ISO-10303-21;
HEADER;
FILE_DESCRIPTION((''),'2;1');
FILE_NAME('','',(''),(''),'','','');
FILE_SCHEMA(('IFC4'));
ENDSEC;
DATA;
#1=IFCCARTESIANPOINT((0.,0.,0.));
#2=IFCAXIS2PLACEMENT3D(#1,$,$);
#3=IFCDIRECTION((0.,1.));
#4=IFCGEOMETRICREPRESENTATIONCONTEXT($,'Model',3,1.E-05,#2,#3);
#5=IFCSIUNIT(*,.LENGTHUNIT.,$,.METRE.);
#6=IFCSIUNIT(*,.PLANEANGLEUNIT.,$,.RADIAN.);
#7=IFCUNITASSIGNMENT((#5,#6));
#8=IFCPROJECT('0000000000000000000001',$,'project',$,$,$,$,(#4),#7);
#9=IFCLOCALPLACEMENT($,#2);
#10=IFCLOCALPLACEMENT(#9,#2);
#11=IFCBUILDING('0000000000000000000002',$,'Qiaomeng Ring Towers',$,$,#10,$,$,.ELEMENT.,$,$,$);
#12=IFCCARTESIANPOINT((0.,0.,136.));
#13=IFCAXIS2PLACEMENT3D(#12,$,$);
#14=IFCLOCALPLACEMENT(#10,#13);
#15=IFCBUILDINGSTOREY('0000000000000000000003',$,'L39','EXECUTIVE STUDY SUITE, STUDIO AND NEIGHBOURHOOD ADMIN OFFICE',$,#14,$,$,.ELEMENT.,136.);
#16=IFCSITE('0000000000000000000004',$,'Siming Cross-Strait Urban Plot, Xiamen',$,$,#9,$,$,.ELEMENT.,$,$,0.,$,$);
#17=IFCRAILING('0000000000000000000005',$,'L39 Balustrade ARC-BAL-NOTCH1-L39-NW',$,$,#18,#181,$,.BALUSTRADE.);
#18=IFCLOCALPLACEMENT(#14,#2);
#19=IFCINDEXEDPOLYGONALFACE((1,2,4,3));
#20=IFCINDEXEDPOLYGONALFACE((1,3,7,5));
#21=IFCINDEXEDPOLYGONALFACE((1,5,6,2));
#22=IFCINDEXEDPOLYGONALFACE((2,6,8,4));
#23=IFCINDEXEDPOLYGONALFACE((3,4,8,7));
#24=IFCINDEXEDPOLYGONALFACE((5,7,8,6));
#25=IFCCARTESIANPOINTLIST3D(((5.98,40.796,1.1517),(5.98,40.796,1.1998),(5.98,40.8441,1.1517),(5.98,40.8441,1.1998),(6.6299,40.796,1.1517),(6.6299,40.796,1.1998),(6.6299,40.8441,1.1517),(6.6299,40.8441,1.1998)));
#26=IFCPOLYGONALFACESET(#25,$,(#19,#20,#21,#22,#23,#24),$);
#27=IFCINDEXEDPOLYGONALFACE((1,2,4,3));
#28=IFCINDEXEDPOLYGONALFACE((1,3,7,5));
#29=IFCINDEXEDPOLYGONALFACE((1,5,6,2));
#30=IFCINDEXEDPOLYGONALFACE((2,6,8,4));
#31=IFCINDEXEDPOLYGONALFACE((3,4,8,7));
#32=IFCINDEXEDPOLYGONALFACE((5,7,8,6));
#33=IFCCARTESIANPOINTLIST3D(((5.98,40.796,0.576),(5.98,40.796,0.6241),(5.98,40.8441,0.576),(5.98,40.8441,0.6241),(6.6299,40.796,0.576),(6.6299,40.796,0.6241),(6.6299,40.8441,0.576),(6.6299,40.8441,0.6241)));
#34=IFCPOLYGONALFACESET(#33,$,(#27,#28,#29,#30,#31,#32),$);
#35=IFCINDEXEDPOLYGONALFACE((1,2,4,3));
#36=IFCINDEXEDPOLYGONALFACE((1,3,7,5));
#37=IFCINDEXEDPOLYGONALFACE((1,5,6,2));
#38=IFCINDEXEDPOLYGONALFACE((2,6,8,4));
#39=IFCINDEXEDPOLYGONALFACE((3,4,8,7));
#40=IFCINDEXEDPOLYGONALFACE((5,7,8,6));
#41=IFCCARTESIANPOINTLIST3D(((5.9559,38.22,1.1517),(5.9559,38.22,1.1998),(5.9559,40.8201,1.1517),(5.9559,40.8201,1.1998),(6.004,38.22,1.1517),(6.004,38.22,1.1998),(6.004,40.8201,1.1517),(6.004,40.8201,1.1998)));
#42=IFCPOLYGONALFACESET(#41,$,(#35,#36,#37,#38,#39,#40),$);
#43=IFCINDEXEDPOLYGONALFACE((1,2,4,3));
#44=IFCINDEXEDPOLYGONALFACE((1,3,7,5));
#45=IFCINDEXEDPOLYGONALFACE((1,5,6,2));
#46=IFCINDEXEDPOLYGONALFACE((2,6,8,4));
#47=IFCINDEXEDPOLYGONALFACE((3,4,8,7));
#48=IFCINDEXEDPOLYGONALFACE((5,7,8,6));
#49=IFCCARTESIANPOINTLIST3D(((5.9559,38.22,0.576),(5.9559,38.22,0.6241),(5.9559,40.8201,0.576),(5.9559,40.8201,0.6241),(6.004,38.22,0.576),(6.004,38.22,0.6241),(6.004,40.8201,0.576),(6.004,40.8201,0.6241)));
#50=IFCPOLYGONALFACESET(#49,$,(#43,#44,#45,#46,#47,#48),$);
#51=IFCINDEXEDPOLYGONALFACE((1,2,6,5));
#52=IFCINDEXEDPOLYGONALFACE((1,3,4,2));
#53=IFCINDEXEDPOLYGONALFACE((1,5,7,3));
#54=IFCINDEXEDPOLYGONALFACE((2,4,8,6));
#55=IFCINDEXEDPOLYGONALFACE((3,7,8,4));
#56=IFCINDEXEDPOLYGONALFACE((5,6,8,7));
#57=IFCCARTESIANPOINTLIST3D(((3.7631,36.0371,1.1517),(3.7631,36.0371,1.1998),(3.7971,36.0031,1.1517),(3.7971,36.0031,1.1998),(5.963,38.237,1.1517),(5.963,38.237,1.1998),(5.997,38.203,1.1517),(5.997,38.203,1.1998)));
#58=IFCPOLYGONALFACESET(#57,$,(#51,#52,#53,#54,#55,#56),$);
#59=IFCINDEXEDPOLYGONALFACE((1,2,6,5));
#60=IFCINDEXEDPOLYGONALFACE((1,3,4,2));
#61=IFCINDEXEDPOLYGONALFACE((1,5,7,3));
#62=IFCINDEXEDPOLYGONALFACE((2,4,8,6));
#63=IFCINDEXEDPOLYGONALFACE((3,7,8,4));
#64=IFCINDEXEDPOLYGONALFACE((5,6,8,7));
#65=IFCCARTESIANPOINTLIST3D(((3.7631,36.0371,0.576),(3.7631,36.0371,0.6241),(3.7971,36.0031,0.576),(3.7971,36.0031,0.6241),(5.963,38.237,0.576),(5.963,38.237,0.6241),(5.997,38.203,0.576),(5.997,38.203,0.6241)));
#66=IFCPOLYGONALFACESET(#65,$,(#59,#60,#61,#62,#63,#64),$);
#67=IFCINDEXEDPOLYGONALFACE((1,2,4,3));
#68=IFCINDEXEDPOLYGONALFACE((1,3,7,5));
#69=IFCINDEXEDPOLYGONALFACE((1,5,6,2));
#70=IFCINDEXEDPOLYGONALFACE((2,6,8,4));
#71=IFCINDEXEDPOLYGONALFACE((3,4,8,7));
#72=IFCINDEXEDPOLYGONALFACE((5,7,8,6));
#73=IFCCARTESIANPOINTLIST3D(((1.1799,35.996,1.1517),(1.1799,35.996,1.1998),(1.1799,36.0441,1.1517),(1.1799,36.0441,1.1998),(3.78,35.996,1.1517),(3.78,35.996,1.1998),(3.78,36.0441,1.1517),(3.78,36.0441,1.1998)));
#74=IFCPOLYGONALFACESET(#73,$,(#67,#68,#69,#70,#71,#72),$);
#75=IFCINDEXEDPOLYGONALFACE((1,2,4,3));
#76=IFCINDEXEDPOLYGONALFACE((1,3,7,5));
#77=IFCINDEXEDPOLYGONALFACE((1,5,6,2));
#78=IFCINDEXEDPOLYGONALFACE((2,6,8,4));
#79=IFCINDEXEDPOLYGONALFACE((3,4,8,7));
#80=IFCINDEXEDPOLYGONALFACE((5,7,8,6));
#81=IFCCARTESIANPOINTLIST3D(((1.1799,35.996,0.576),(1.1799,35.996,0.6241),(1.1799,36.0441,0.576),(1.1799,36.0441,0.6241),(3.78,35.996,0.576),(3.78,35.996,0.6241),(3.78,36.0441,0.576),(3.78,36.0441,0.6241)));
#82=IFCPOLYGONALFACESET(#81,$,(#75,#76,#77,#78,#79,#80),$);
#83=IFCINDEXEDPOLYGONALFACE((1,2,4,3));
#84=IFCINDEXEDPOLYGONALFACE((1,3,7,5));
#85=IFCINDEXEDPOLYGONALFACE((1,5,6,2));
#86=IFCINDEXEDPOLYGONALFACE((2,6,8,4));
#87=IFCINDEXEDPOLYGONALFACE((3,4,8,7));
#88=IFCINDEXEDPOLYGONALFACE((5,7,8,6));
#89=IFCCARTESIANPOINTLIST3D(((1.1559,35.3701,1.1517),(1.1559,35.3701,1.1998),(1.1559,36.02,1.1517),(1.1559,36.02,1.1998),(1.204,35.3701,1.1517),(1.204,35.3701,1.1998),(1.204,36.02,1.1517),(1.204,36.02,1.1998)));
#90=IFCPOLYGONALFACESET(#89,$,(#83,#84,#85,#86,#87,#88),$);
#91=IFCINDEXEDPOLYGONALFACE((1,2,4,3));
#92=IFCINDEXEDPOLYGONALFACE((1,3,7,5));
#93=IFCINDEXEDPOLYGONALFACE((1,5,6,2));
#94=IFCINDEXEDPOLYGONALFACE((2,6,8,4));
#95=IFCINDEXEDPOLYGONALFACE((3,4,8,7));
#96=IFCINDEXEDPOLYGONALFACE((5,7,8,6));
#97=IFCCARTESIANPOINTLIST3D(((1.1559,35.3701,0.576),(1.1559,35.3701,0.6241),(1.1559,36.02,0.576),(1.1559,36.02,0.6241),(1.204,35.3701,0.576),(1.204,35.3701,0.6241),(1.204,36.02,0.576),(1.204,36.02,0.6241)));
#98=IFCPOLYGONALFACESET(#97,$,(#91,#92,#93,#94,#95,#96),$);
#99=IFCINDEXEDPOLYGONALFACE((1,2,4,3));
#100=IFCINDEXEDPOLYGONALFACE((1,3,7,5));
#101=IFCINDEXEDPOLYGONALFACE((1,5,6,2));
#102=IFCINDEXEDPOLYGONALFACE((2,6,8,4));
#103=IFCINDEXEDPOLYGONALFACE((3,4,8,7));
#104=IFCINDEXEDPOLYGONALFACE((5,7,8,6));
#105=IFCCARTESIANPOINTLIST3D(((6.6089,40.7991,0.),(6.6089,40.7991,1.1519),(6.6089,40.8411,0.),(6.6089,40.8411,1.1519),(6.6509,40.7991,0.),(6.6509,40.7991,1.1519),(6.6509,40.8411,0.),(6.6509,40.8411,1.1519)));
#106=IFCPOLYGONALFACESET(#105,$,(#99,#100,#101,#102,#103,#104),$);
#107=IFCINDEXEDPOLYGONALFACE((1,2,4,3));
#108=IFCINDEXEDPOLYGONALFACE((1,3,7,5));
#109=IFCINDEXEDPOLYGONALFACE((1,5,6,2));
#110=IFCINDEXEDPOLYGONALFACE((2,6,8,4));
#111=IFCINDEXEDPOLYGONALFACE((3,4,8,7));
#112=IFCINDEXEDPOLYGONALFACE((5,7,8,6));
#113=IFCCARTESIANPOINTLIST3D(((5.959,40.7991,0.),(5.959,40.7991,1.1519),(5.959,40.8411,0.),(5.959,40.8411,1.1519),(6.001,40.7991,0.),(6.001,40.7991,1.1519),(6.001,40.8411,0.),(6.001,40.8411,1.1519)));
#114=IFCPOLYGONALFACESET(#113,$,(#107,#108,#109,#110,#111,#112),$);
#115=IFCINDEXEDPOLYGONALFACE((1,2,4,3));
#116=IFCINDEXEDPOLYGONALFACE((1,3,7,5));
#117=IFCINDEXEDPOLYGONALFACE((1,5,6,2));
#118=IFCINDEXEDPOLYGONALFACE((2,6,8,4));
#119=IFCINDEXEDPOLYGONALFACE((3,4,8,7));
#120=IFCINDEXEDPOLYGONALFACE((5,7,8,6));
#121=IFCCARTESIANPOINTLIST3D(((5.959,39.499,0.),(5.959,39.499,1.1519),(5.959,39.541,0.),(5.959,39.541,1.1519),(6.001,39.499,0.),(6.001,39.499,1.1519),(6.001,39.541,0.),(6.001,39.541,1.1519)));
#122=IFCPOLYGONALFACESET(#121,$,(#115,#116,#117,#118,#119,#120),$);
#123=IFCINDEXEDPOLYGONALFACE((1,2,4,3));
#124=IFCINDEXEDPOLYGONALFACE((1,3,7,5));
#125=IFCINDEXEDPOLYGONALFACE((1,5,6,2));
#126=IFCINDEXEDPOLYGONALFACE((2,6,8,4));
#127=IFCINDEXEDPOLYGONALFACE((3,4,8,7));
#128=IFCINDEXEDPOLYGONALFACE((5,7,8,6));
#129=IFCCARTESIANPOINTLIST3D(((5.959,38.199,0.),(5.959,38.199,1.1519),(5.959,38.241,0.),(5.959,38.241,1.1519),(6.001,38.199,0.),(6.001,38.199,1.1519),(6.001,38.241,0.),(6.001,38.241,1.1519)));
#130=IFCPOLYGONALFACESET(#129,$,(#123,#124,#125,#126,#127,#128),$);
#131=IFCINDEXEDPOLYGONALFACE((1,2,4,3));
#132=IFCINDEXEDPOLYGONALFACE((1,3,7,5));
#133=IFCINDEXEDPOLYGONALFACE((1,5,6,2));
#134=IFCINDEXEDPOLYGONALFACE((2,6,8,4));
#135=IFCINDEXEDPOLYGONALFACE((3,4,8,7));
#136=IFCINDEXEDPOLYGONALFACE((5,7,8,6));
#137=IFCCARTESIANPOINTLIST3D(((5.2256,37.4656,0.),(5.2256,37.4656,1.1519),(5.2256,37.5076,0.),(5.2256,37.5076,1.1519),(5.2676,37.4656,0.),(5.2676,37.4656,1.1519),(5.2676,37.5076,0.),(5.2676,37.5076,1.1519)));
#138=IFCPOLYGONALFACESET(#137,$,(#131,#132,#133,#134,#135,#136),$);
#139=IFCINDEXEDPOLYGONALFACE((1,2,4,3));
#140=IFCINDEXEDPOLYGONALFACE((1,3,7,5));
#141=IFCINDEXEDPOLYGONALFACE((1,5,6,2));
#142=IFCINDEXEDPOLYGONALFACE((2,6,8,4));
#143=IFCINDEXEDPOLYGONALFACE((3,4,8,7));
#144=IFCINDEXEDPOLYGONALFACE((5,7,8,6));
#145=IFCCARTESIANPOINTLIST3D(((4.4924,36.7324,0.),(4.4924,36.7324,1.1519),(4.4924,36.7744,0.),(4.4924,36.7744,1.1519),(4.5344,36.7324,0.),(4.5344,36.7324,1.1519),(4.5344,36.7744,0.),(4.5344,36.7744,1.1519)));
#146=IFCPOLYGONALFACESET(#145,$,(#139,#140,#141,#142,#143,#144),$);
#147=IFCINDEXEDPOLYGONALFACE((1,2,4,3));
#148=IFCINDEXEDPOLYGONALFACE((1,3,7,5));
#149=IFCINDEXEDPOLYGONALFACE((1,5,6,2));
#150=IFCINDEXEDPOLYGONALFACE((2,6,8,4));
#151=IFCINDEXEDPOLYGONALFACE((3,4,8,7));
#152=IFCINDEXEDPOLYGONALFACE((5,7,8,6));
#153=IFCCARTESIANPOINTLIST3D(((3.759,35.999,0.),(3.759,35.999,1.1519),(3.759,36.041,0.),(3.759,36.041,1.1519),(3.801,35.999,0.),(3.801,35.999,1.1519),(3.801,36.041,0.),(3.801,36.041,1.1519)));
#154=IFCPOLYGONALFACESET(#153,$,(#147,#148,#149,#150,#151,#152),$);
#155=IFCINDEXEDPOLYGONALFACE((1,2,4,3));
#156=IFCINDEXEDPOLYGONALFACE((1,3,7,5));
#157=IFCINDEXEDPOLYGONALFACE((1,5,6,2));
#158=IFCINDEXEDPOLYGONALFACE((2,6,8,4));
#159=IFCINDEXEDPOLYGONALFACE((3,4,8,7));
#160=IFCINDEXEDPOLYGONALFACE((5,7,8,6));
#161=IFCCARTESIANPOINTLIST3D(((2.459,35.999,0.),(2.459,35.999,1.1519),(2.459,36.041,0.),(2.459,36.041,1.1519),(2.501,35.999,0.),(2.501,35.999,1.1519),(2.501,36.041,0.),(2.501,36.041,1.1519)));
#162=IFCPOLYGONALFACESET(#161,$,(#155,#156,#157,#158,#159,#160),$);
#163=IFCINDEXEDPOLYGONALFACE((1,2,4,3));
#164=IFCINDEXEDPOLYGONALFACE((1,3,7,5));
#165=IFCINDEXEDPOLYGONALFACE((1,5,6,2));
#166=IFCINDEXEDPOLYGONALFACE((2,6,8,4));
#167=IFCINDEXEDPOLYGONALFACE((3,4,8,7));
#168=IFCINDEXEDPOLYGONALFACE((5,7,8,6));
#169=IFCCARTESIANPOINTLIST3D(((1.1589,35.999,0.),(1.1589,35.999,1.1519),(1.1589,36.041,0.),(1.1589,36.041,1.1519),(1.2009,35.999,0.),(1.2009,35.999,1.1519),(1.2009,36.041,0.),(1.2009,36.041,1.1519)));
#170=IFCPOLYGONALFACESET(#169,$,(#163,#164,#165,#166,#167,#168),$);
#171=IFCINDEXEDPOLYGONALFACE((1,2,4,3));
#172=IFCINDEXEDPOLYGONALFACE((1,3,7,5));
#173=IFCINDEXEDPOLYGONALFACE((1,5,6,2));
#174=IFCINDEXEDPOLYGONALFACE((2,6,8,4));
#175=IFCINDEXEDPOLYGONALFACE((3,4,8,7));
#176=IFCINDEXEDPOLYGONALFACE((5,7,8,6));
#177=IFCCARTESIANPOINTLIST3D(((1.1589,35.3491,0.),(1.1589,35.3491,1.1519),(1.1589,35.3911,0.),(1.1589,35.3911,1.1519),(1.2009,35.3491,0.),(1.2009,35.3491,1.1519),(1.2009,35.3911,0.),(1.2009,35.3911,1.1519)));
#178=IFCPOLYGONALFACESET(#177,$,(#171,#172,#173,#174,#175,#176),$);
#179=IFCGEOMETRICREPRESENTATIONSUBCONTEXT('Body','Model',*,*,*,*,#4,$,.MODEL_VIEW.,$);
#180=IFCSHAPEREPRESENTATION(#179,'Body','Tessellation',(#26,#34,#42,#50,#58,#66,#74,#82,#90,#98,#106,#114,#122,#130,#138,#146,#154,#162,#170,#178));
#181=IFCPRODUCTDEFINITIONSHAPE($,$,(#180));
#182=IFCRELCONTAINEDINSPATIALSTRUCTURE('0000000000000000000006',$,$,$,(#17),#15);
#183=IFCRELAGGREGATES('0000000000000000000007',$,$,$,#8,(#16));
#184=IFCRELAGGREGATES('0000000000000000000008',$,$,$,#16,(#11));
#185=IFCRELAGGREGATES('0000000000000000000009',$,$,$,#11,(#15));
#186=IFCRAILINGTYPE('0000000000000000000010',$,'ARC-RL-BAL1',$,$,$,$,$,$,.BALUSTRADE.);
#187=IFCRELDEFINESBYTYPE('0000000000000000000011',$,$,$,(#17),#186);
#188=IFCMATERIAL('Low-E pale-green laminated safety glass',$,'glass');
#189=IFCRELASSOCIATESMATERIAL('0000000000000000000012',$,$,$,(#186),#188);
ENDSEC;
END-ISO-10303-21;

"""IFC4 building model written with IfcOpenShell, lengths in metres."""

from ifc_helpers import new_model, si_unit, direction, frame, origin, origin_2d, place, context, subcontext, project, spatial, rectangle, extrude, material, type_object, element, save


model = new_model("IFC4")

# Units and contexts
model_context = context("Model", 3, precision=1e-05, world=origin(), true_north=direction((0.0, 1.0)))
body_context = subcontext(model_context, "Body", "Model", "MODEL_VIEW")
ifc_project = project(units=[si_unit("LENGTHUNIT", "METRE"), si_unit("PLANEANGLEUNIT", "RADIAN")], contexts=[model_context])

# Site, building, storey
site_placement = place(None, origin())
site = spatial("IfcSite", under=ifc_project, at=site_placement, Name="Siming Cross-Strait Urban Plot, Xiamen", CompositionType="ELEMENT", RefElevation=0.0)
building_placement = place(site_placement, origin())
building = spatial("IfcBuilding", under=site, at=building_placement, Name="Qiaomeng Ring Towers", CompositionType="ELEMENT")
storey_placement = place(building_placement, frame((0.0, 0.0, 136.0)))
storey = spatial("IfcBuildingStorey", under=building, at=storey_placement, Name="L39", Description="EXECUTIVE STUDY SUITE, STUDIO AND NEIGHBOURHOOD ADMIN OFFICE", CompositionType="ELEMENT", Elevation=136.0)

# Railing
ifc_material_1 = material(Name="Low-E pale-green laminated safety glass", Category="glass")
railing_type = type_object("IfcRailingType", Name="ARC-RL-BAL1", PredefinedType="BALUSTRADE", material=ifc_material_1)
railing_placement = place(storey_placement, frame((6.6299, 40.8201, 0.0)))
element("IfcRailing", 1, at=railing_placement, inside=storey, type_object=railing_type, Name="L39 Balustrade ARC-BAL-NOTCH1-L39-NW", PredefinedType="BALUSTRADE", context=body_context, shape_type="SweptSolid", body=[
    extrude(rectangle(XDim=0.0481, YDim=0.0481, at=origin_2d()), frame((0.0, 0.0, 1.1758), z_axis=(-1.0, 0.0, 0.0), x_axis=(0.0, -1.0, 0.0)), (0.0, 0.0, 1.0), 0.6499),
    extrude(rectangle(XDim=0.0481, YDim=0.0481, at=origin_2d()), frame((0.0, 0.0, 0.6001), z_axis=(-1.0, 0.0, 0.0), x_axis=(0.0, -1.0, 0.0)), (0.0, 0.0, 1.0), 0.6499),
    extrude(rectangle(XDim=0.0481, YDim=0.0481, at=origin_2d()), frame((-0.6499, 0.0, 1.1758), z_axis=(0.0, -1.0, 0.0), x_axis=(1.0, 0.0, 0.0)), (0.0, 0.0, 1.0), 2.6001),
    extrude(rectangle(XDim=0.0481, YDim=0.0481, at=origin_2d()), frame((-0.6499, 0.0, 0.6001), z_axis=(0.0, -1.0, 0.0), x_axis=(1.0, 0.0, 0.0)), (0.0, 0.0, 1.0), 2.6001),
    extrude(rectangle(XDim=0.0481, YDim=0.0481, at=origin_2d()), frame((-0.6499, -2.6001, 1.1758), z_axis=(-0.707107, -0.707107, 0.0), x_axis=(0.707107, -0.707107, 0.0)), (0.0, 0.0, 1.0), 3.1111),
    extrude(rectangle(XDim=0.0481, YDim=0.0481, at=origin_2d()), frame((-0.6499, -2.6001, 0.6001), z_axis=(-0.707107, -0.707107, 0.0), x_axis=(0.707107, -0.707107, 0.0)), (0.0, 0.0, 1.0), 3.1111),
    extrude(rectangle(XDim=0.0481, YDim=0.0481, at=origin_2d()), frame((-2.8499, -4.8, 1.1758), z_axis=(-1.0, 0.0, 0.0), x_axis=(0.0, -1.0, 0.0)), (0.0, 0.0, 1.0), 2.6001),
    extrude(rectangle(XDim=0.0481, YDim=0.0481, at=origin_2d()), frame((-2.8499, -4.8, 0.6001), z_axis=(-1.0, 0.0, 0.0), x_axis=(0.0, -1.0, 0.0)), (0.0, 0.0, 1.0), 2.6001),
    extrude(rectangle(XDim=0.0481, YDim=0.0481, at=origin_2d()), frame((-5.45, -4.8, 1.1758), z_axis=(0.0, -1.0, 0.0), x_axis=(1.0, 0.0, 0.0)), (0.0, 0.0, 1.0), 0.6499),
    extrude(rectangle(XDim=0.0481, YDim=0.0481, at=origin_2d()), frame((-5.45, -4.8, 0.6001), z_axis=(0.0, -1.0, 0.0), x_axis=(1.0, 0.0, 0.0)), (0.0, 0.0, 1.0), 0.6499),
    extrude(rectangle(XDim=0.042, YDim=0.042, at=origin_2d()), origin(), (0.0, 0.0, 1.0), 1.1519),
    extrude(rectangle(XDim=0.042, YDim=0.042, at=origin_2d()), frame((-0.6499, 0.0, 0.0)), (0.0, 0.0, 1.0), 1.1519),
    extrude(rectangle(XDim=0.042, YDim=0.042, at=origin_2d()), frame((-0.6499, -1.3, 0.0)), (0.0, 0.0, 1.0), 1.1519),
    extrude(rectangle(XDim=0.042, YDim=0.042, at=origin_2d()), frame((-0.6499, -2.6001, 0.0)), (0.0, 0.0, 1.0), 1.1519),
    extrude(rectangle(XDim=0.042, YDim=0.042, at=origin_2d()), frame((-1.3833, -3.3335, 0.0)), (0.0, 0.0, 1.0), 1.1519),
    extrude(rectangle(XDim=0.042, YDim=0.042, at=origin_2d()), frame((-2.1165, -4.0667, 0.0)), (0.0, 0.0, 1.0), 1.1519),
    extrude(rectangle(XDim=0.042, YDim=0.042, at=origin_2d()), frame((-2.8499, -4.8, 0.0)), (0.0, 0.0, 1.0), 1.1519),
    extrude(rectangle(XDim=0.042, YDim=0.042, at=origin_2d()), frame((-4.1499, -4.8, 0.0)), (0.0, 0.0, 1.0), 1.1519),
    extrude(rectangle(XDim=0.042, YDim=0.042, at=origin_2d()), frame((-5.45, -4.8, 0.0)), (0.0, 0.0, 1.0), 1.1519),
    extrude(rectangle(XDim=0.042, YDim=0.042, at=origin_2d()), frame((-5.45, -5.45, 0.0)), (0.0, 0.0, 1.0), 1.1519),
])

save(model, "model.ifc")
